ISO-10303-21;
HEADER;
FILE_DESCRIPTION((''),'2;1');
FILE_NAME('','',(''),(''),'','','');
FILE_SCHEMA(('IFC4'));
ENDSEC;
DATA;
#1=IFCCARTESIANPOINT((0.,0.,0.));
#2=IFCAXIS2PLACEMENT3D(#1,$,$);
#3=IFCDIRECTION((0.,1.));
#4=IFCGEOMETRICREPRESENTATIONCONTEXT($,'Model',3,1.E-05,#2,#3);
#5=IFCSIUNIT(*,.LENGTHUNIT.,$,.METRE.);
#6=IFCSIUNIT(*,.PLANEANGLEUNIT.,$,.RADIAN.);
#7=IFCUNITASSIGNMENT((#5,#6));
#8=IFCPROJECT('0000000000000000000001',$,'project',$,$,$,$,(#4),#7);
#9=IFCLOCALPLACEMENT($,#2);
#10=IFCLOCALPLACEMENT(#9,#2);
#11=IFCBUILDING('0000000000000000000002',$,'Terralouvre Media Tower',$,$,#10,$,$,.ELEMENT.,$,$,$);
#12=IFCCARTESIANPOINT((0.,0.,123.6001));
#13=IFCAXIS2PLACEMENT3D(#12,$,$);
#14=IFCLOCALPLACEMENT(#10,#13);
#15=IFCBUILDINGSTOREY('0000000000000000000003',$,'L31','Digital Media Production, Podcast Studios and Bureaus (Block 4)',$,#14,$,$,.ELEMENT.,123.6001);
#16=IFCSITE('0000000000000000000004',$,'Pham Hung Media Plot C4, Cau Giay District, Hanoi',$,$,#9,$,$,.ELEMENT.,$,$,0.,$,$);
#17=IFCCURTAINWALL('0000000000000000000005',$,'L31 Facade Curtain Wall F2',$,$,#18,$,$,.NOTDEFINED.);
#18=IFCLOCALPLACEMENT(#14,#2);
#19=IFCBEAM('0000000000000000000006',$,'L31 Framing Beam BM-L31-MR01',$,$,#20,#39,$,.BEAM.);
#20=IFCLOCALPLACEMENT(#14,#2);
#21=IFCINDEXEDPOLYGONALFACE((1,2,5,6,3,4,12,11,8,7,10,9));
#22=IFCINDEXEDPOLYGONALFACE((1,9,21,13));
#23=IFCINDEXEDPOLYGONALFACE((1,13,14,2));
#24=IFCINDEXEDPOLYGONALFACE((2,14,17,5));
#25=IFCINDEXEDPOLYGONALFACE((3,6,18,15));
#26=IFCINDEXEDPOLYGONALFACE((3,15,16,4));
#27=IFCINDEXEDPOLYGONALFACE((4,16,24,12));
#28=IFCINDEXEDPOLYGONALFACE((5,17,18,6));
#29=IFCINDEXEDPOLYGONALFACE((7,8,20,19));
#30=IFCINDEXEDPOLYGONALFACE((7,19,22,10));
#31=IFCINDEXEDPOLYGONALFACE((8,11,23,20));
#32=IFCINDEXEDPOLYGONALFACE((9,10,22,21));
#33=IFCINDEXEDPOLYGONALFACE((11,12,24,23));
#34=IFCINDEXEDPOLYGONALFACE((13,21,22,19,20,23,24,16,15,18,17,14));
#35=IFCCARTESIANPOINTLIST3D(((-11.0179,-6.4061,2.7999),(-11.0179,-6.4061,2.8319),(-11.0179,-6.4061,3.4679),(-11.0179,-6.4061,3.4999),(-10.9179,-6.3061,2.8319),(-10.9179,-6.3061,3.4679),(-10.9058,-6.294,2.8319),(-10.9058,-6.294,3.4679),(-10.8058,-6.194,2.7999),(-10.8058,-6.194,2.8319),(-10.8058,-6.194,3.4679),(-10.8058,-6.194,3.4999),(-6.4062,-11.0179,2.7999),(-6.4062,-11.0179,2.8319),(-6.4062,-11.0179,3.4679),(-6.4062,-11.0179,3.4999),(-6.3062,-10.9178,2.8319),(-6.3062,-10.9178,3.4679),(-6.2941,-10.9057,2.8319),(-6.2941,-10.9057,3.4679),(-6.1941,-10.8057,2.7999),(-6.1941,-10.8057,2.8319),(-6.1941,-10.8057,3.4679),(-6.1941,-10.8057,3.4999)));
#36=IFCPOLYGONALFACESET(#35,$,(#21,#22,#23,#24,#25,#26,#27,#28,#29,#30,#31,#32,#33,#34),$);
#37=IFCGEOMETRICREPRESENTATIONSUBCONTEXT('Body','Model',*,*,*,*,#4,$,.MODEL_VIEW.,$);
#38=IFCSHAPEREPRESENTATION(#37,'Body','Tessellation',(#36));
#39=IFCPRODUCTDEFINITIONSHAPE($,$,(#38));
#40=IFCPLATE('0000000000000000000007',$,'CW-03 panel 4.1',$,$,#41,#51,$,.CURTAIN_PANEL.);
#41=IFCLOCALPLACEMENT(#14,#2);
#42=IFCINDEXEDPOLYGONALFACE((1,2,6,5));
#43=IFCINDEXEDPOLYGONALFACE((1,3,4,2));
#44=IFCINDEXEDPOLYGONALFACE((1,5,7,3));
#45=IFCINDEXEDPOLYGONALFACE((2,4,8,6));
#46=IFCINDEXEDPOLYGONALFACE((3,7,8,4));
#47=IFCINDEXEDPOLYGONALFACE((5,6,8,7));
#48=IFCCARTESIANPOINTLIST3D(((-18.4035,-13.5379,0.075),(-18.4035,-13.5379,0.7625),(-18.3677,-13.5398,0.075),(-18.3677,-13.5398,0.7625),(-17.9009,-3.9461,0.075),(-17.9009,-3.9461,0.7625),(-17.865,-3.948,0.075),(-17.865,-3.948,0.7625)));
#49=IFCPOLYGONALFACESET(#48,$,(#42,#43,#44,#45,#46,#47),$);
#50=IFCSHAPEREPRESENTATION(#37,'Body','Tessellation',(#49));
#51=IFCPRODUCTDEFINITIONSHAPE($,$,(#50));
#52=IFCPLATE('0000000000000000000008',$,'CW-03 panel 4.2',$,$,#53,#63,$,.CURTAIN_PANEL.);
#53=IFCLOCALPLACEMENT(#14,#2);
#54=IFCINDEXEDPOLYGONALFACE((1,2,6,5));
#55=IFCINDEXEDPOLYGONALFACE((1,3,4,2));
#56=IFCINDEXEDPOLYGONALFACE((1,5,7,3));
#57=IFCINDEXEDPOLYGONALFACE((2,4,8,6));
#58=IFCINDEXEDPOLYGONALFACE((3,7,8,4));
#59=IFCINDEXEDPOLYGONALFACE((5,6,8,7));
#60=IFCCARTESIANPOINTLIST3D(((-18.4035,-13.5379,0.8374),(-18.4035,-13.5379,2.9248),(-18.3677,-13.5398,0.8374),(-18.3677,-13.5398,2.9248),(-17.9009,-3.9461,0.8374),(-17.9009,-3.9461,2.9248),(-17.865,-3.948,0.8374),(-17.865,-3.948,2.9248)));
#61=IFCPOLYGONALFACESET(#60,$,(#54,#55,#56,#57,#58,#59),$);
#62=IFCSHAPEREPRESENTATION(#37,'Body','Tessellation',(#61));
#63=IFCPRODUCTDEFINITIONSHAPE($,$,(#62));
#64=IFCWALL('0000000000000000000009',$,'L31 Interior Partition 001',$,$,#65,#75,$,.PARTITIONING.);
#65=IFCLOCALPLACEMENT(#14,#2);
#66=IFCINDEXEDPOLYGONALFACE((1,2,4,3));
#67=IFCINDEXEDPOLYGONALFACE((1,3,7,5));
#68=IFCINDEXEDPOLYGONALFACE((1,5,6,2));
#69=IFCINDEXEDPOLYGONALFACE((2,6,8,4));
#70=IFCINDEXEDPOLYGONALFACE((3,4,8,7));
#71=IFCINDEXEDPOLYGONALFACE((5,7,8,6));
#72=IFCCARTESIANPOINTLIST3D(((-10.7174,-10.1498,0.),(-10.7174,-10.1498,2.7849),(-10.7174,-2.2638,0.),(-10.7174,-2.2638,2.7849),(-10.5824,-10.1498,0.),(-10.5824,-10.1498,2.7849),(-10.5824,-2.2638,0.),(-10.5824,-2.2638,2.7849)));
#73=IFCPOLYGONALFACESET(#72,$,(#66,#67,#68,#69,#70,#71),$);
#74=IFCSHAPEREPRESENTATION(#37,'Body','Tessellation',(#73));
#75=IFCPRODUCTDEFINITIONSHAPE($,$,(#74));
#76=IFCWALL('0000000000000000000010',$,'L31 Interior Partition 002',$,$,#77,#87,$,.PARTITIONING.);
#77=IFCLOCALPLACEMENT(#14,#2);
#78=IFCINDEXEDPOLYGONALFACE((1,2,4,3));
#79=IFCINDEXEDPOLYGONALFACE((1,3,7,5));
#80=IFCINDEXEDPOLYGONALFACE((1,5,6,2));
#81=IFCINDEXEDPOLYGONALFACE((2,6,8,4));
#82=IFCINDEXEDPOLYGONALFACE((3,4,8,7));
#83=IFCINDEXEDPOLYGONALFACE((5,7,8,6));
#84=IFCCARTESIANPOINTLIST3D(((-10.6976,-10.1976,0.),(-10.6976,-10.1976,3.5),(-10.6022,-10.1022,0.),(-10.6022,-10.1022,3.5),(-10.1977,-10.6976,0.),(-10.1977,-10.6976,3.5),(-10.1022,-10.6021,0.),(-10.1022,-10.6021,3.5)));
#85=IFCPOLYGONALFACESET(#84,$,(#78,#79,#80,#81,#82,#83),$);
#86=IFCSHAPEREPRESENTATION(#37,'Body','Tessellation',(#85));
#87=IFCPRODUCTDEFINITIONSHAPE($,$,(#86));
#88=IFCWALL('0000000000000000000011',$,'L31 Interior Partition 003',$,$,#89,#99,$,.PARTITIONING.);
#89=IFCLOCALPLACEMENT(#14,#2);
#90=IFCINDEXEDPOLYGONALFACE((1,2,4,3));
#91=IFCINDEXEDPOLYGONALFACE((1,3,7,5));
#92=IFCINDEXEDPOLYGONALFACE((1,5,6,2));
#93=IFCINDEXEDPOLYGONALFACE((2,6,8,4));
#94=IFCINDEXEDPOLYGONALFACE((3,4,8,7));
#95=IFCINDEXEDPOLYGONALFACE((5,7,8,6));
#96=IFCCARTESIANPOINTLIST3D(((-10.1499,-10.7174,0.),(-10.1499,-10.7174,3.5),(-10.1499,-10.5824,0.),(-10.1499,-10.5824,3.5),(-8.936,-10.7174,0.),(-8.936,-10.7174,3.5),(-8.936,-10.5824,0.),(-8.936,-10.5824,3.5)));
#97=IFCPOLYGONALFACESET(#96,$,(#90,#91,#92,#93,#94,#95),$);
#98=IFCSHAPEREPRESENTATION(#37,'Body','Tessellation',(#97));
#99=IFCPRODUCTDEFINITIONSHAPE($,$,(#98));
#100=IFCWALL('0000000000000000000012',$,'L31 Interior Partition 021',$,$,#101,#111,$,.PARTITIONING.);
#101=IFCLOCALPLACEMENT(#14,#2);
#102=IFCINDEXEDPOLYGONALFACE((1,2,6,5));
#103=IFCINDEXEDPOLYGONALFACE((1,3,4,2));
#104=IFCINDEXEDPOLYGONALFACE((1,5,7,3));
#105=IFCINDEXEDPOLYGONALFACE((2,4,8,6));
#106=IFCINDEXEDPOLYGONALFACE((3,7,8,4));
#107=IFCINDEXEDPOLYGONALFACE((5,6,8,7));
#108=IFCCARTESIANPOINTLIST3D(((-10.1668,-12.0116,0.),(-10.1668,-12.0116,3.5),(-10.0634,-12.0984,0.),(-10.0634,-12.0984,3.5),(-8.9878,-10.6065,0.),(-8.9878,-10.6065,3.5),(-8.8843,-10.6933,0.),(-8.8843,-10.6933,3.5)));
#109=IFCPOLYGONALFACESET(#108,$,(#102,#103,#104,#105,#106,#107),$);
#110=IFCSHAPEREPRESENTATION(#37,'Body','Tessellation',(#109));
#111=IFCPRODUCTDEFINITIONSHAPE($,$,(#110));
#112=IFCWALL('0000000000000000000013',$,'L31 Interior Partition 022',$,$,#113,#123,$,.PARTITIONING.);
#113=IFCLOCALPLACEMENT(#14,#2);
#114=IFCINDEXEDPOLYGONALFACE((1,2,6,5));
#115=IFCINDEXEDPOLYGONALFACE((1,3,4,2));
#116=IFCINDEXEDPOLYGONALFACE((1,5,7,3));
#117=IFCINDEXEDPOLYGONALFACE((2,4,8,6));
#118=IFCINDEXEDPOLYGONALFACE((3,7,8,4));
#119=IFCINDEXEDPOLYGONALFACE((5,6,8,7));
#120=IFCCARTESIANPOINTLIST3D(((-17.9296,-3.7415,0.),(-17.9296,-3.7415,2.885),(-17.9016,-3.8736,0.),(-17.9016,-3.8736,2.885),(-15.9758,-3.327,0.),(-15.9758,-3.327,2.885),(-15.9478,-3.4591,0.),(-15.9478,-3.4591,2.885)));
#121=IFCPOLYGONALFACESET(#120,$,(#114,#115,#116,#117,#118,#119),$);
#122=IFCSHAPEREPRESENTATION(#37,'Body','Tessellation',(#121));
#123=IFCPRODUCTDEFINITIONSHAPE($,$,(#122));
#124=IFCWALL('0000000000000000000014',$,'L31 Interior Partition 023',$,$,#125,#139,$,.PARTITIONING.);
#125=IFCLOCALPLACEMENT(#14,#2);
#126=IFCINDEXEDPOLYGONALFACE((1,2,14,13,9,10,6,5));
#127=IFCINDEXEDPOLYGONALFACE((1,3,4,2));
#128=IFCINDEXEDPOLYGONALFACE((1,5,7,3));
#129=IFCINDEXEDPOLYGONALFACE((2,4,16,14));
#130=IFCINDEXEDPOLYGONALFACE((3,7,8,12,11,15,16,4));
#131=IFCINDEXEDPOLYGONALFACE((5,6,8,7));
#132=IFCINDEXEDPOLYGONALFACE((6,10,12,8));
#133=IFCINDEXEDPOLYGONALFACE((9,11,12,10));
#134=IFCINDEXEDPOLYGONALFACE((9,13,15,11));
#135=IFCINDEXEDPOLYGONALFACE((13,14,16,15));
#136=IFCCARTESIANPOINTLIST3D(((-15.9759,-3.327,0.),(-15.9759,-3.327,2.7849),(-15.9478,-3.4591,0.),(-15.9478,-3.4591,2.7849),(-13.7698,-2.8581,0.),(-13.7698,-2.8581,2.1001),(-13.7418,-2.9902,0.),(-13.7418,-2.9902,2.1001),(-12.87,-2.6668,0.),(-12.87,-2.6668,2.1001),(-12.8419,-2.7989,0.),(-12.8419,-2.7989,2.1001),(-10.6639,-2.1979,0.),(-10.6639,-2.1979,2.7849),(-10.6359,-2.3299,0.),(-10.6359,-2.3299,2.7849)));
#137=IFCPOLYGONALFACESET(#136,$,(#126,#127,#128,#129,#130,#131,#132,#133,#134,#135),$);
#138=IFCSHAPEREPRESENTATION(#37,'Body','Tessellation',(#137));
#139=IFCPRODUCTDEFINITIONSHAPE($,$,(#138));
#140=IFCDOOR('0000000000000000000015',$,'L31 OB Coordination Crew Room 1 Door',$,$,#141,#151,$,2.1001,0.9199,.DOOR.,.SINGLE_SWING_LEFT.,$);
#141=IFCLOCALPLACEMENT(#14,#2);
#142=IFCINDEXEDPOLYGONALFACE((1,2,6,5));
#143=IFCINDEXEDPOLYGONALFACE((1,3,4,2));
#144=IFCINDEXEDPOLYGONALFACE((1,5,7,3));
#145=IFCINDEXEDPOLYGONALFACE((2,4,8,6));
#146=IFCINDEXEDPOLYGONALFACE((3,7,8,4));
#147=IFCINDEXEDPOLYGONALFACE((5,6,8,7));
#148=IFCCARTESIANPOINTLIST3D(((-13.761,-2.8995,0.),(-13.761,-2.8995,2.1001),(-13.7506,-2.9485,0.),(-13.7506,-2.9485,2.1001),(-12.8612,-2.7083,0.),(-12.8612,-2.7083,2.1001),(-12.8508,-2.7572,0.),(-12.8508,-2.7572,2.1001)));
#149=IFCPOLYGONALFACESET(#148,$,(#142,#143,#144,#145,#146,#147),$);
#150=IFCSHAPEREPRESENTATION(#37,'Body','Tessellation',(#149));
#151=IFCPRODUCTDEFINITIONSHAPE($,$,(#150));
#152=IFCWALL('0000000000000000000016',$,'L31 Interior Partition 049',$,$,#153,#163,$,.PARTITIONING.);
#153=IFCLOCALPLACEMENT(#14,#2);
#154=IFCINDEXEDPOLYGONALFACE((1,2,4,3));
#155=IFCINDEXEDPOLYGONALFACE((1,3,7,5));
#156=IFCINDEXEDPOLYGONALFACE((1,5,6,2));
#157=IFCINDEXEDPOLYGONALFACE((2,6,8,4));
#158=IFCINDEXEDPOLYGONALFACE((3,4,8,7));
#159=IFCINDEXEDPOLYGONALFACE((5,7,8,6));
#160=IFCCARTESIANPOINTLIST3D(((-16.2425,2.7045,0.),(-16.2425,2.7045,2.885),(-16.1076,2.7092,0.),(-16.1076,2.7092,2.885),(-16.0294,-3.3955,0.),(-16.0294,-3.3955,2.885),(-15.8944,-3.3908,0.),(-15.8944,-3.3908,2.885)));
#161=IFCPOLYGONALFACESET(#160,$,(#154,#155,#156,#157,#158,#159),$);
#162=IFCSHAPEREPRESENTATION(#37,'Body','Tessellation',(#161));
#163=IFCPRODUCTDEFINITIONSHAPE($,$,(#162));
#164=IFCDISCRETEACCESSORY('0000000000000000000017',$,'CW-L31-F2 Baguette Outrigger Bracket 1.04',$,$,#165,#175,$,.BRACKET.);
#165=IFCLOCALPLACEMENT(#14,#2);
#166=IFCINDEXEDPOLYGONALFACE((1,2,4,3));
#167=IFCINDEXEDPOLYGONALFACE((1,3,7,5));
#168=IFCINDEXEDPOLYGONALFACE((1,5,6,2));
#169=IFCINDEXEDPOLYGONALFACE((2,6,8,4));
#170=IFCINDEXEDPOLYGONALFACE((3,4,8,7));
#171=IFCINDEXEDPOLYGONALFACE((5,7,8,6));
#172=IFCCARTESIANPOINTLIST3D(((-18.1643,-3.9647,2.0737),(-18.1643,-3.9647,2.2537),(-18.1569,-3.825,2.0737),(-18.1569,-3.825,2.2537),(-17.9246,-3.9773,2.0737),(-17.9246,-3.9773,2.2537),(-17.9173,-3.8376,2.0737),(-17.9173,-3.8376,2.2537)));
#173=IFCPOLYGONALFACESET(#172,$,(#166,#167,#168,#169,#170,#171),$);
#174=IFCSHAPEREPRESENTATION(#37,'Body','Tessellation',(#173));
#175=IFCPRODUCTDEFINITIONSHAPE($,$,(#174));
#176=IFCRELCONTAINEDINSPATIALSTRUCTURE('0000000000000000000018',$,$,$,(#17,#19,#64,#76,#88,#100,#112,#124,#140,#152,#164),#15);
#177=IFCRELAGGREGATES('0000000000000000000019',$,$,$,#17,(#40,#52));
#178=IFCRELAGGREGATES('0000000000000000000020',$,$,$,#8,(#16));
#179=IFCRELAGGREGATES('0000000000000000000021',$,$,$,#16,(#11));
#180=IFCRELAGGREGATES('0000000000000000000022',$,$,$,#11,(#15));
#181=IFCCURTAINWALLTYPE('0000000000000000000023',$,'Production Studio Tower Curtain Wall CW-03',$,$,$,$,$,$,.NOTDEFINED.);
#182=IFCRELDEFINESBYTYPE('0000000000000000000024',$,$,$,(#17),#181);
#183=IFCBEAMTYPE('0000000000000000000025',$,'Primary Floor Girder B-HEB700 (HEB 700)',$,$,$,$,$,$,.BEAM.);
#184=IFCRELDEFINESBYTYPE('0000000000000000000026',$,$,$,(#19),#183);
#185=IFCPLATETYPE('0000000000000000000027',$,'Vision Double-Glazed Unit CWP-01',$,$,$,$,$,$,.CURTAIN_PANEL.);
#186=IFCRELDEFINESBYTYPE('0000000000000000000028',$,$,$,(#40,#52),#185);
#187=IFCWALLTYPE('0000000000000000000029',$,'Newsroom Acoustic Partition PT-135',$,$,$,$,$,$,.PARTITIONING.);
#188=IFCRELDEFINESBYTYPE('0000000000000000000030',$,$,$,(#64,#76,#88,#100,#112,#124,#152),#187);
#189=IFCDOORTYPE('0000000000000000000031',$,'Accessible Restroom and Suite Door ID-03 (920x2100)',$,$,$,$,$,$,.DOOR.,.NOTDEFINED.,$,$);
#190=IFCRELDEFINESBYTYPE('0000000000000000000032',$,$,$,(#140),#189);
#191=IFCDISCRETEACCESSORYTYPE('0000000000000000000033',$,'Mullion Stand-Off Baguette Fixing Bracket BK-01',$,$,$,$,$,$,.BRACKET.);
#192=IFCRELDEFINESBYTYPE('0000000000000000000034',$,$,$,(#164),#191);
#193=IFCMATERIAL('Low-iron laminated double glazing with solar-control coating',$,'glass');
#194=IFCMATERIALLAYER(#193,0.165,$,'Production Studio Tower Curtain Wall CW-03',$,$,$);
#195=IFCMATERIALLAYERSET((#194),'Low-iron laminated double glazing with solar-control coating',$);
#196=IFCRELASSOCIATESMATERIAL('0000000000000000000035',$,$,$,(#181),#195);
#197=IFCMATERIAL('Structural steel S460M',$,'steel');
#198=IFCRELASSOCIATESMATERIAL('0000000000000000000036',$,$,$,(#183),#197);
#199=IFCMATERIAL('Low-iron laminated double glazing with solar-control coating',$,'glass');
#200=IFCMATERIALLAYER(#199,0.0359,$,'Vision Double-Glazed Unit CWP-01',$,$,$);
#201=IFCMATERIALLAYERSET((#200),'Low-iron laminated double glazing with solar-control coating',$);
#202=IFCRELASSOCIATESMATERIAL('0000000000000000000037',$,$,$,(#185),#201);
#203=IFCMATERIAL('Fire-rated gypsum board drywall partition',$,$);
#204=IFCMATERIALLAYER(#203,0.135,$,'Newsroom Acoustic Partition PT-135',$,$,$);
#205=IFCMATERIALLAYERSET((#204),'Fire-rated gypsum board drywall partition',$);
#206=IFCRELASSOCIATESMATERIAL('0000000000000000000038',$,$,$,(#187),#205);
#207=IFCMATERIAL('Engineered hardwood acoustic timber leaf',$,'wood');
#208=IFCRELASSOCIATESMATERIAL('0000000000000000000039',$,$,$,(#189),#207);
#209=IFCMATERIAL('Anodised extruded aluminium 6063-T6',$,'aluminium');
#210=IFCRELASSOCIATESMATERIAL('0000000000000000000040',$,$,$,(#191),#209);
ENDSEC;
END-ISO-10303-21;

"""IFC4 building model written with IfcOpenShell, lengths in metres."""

from ifc_helpers import new_model, si_unit, direction, frame, frame_2d, origin, origin_2d, place, context, subcontext, project, spatial, rectangle, i_section, extrude, material, layer, layer_set, material_profile, profile_set, type_object, element, fill, aggregate, save


model = new_model("IFC4")

# Units and contexts
model_context = context("Model", 3, precision=1e-05, world=origin(), true_north=direction((0.0, 1.0)))
body_context = subcontext(model_context, "Body", "Model", "MODEL_VIEW")
ifc_project = project(units=[si_unit("LENGTHUNIT", "METRE"), si_unit("PLANEANGLEUNIT", "RADIAN")], contexts=[model_context])

# Site, building, storey
site_placement = place(None, origin())
site = spatial("IfcSite", under=ifc_project, at=site_placement, Name="Pham Hung Media Plot C4, Cau Giay District, Hanoi", CompositionType="ELEMENT", RefElevation=0.0)
building_placement = place(site_placement, origin())
building = spatial("IfcBuilding", under=site, at=building_placement, Name="Terralouvre Media Tower", CompositionType="ELEMENT")
storey_placement = place(building_placement, frame((0.0, 0.0, 123.6001)))
storey = spatial("IfcBuildingStorey", under=building, at=storey_placement, Name="L31", Description="Digital Media Production, Podcast Studios and Bureaus (Block 4)", CompositionType="ELEMENT", Elevation=123.6001)

# Curtain wall
ifc_material_1 = material(Name="Low-iron laminated double glazing with solar-control coating", Category="glass")
ifc_layer_1 = layer(ifc_material_1, 0.165, Name="Production Studio Tower Curtain Wall CW-03")
ifc_layer_set_1 = layer_set([ifc_layer_1], Name="Low-iron laminated double glazing with solar-control coating")
curtain_wall_type = type_object("IfcCurtainWallType", Name="Production Studio Tower Curtain Wall CW-03", PredefinedType="NOTDEFINED", material=ifc_layer_set_1)
curtain_wall_placement = place(storey_placement, origin())
curtain_wall = element("IfcCurtainWall", 1, at=curtain_wall_placement, inside=storey, type_object=curtain_wall_type, Name="L31 Facade Curtain Wall F2", PredefinedType="NOTDEFINED")

# Beam
ifc_material_2 = material(Name="Structural steel S460M", Category="steel")
ifc_material_profile_1 = material_profile(ifc_material_2, i_section(OverallWidth=0.3, OverallDepth=0.7, WebThickness=0.0171, FlangeThickness=0.032, at=origin_2d()), Name="HEB 700")
ifc_profile_set_1 = profile_set([ifc_material_profile_1], Name="Structural steel S460M")
beam_type_1 = type_object("IfcBeamType", Name="Primary Floor Girder B-HEB700 (HEB 700)", PredefinedType="BEAM", material=ifc_profile_set_1)
beam_1_placement = place(storey_placement, frame((-10.9119, -6.3, 3.1499), z_axis=(0.707107, -0.707107, 0.0), x_axis=(0.707107, 0.707107, 0.0)))
element("IfcBeam", 2, at=beam_1_placement, inside=storey, type_object=beam_type_1, Name="L31 Framing Beam BM-L31-MR01", PredefinedType="BEAM", context=body_context, shape_type="SweptSolid", body=[
    extrude(i_section(OverallWidth=0.3, OverallDepth=0.7, WebThickness=0.0171, FlangeThickness=0.032, at=origin_2d()), origin(), (0.0, 0.0, 1.0), 6.522),
])

# Plates
ifc_material_3 = material(Name="Low-iron laminated double glazing with solar-control coating", Category="glass")
ifc_layer_2 = layer(ifc_material_3, 0.0359, Name="Vision Double-Glazed Unit CWP-01")
ifc_layer_set_2 = layer_set([ifc_layer_2], Name="Low-iron laminated double glazing with solar-control coating")
plate_type = type_object("IfcPlateType", Name="Vision Double-Glazed Unit CWP-01", PredefinedType="CURTAIN_PANEL", material=ifc_layer_set_2)
plate_1_placement = place(storey_placement, frame((-18.1343, -8.7429, 0.075), z_axis=(0.0, 0.0, 1.0), x_axis=(-0.052336, -0.99863, 0.0)))
plate_1 = element("IfcPlate", 3, at=plate_1_placement, type_object=plate_type, Name="CW-03 panel 4.1", PredefinedType="CURTAIN_PANEL", context=body_context, shape_type="SweptSolid", body=[
    extrude(rectangle(XDim=9.605, YDim=0.0359, at=origin_2d()), origin(), (0.0, 0.0, 1.0), 0.6875),
])
plate_2_placement = place(storey_placement, frame((-18.1343, -8.7429, 0.8374), z_axis=(0.0, 0.0, 1.0), x_axis=(-0.052336, -0.99863, 0.0)))
plate_2 = element("IfcPlate", 4, at=plate_2_placement, type_object=plate_type, Name="CW-03 panel 4.2", PredefinedType="CURTAIN_PANEL", context=body_context, shape_type="SweptSolid", body=[
    extrude(rectangle(XDim=9.605, YDim=0.0359, at=origin_2d()), origin(), (0.0, 0.0, 1.0), 2.0874),
])
aggregate(curtain_wall, [plate_1, plate_2])

# Walls
ifc_material_4 = material(Name="Fire-rated gypsum board drywall partition")
ifc_layer_3 = layer(ifc_material_4, 0.135, Name="Newsroom Acoustic Partition PT-135")
ifc_layer_set_3 = layer_set([ifc_layer_3], Name="Fire-rated gypsum board drywall partition")
wall_type = type_object("IfcWallType", Name="Newsroom Acoustic Partition PT-135", PredefinedType="PARTITIONING", material=ifc_layer_set_3)
wall_1_placement = place(storey_placement, frame((-10.6499, -2.2639, 0.0), z_axis=(0.0, 0.0, 1.0), x_axis=(0.0, -1.0, 0.0)))
element("IfcWall", 5, at=wall_1_placement, inside=storey, type_object=wall_type, Name="L31 Interior Partition 001", PredefinedType="PARTITIONING", context=body_context, shape_type="SweptSolid", body=[
    extrude(rectangle(XDim=7.886, YDim=0.135, at=frame_2d((3.9429, 0.0))), origin(), (0.0, 0.0, 1.0), 2.7849),
])
wall_2_placement = place(storey_placement, frame((-10.6499, -10.1499, 0.0), z_axis=(0.0, 0.0, 1.0), x_axis=(0.707107, -0.707107, 0.0)))
element("IfcWall", 6, at=wall_2_placement, inside=storey, type_object=wall_type, Name="L31 Interior Partition 002", PredefinedType="PARTITIONING", context=body_context, shape_type="SweptSolid", body=[
    extrude(rectangle(XDim=0.707, YDim=0.135, at=frame_2d((0.3535, 0.0))), origin(), (0.0, 0.0, 1.0), 3.5),
])
wall_3_placement = place(storey_placement, frame((-10.1499, -10.6499, 0.0), z_axis=(0.0, 0.0, 1.0), x_axis=(1.0, 0.0, 0.0)))
element("IfcWall", 7, at=wall_3_placement, inside=storey, type_object=wall_type, Name="L31 Interior Partition 003", PredefinedType="PARTITIONING", context=body_context, shape_type="SweptSolid", body=[
    extrude(rectangle(XDim=1.2139, YDim=0.135, at=frame_2d((0.6069, 0.0))), origin(), (0.0, 0.0, 1.0), 3.5),
])
wall_4_placement = place(storey_placement, frame((-10.115, -12.0549, 0.0), z_axis=(0.0, 0.0, 1.0), x_axis=(0.642786, 0.766046, 0.0)))
element("IfcWall", 8, at=wall_4_placement, inside=storey, type_object=wall_type, Name="L31 Interior Partition 021", PredefinedType="PARTITIONING", context=body_context, shape_type="SweptSolid", body=[
    extrude(rectangle(XDim=1.8342, YDim=0.135, at=frame_2d((0.917, 0.0))), origin(), (0.0, 0.0, 1.0), 3.5),
])
wall_5_placement = place(storey_placement, frame((-15.9619, -3.3931, 0.0), z_axis=(0.0, 0.0, 1.0), x_axis=(-0.978224, -0.20755, 0.0)))
element("IfcWall", 9, at=wall_5_placement, inside=storey, type_object=wall_type, Name="L31 Interior Partition 022", PredefinedType="PARTITIONING", context=body_context, shape_type="SweptSolid", body=[
    extrude(rectangle(XDim=1.9973, YDim=0.135, at=frame_2d((0.9985, 0.0))), origin(), (0.0, 0.0, 1.0), 2.885),
])

# Wall, opening, door
wall_6_placement = place(storey_placement, frame((-10.6499, -2.2639, 0.0), z_axis=(0.0, 0.0, 1.0), x_axis=(-0.978146, -0.20792, 0.0)))
wall_6 = element("IfcWall", 10, at=wall_6_placement, inside=storey, type_object=wall_type, Name="L31 Interior Partition 023", PredefinedType="PARTITIONING", context=body_context, shape_type="SweptSolid", body=[
    extrude(rectangle(XDim=5.4307, YDim=0.135, at=frame_2d((2.7153, 0.0))), origin(), (0.0, 0.0, 1.0), 2.7849),
])
opening_placement = place(wall_6_placement, frame((2.2554, 0.0, 0.0)))
opening = element("IfcOpeningElement", 11, at=opening_placement, cuts=wall_6, PredefinedType="OPENING", context=body_context, shape_type="SweptSolid", body=[
    extrude(rectangle(XDim=0.9199, YDim=2.1001, at=frame_2d((0.46, 1.05))), frame((0.0, 0.0774, 0.0), z_axis=(0.0, -1.0, 0.0), x_axis=(1.0, 0.0, 0.0)), (0.0, 0.0, 1.0), 0.155),
])
ifc_material_5 = material(Name="Engineered hardwood acoustic timber leaf", Category="wood")
door_type = type_object("IfcDoorType", Name="Accessible Restroom and Suite Door ID-03 (920x2100)", OperationType="NOTDEFINED", PredefinedType="DOOR", material=ifc_material_5)
door_placement = place(opening_placement, origin())
door = element("IfcDoor", 12, at=door_placement, inside=storey, type_object=door_type, Name="L31 OB Coordination Crew Room 1 Door", OperationType="SINGLE_SWING_LEFT", OverallHeight=2.1001, OverallWidth=0.9199, PredefinedType="DOOR", context=body_context, shape_type="SweptSolid", body=[
    extrude(rectangle(XDim=0.9199, YDim=2.1001, at=frame_2d((0.46, 1.05))), frame((0.0, 0.0249, 0.0), z_axis=(0.0, -1.0, 0.0), x_axis=(1.0, 0.0, 0.0)), (0.0, 0.0, 1.0), 0.05),
])
fill(opening, door)

# Wall
wall_7_placement = place(storey_placement, frame((-15.9619, -3.3931, 0.0), z_axis=(0.0, 0.0, 1.0), x_axis=(-0.034918, 0.99939, 0.0)))
element("IfcWall", 13, at=wall_7_placement, inside=storey, type_object=wall_type, Name="L31 Interior Partition 049", PredefinedType="PARTITIONING", context=body_context, shape_type="SweptSolid", body=[
    extrude(rectangle(XDim=6.1038, YDim=0.135, at=frame_2d((3.0518, 0.0))), origin(), (0.0, 0.0, 1.0), 2.885),
])

# Discrete accessory
ifc_material_6 = material(Name="Anodised extruded aluminium 6063-T6", Category="aluminium")
discrete_accessory_type = type_object("IfcDiscreteAccessoryType", Name="Mullion Stand-Off Baguette Fixing Bracket BK-01", PredefinedType="BRACKET", material=ifc_material_6)
discrete_accessory_placement = place(storey_placement, frame((-18.0408, -3.9011, 2.0737), z_axis=(0.0, 0.0, 1.0), x_axis=(-0.052336, -0.99863, 0.0)))
element("IfcDiscreteAccessory", 14, at=discrete_accessory_placement, inside=storey, type_object=discrete_accessory_type, Name="CW-L31-F2 Baguette Outrigger Bracket 1.04", PredefinedType="BRACKET", context=body_context, shape_type="SweptSolid", body=[
    extrude(rectangle(XDim=0.1399, YDim=0.24, at=origin_2d()), origin(), (0.0, 0.0, 1.0), 0.1799),
])

save(model, "model.ifc")
